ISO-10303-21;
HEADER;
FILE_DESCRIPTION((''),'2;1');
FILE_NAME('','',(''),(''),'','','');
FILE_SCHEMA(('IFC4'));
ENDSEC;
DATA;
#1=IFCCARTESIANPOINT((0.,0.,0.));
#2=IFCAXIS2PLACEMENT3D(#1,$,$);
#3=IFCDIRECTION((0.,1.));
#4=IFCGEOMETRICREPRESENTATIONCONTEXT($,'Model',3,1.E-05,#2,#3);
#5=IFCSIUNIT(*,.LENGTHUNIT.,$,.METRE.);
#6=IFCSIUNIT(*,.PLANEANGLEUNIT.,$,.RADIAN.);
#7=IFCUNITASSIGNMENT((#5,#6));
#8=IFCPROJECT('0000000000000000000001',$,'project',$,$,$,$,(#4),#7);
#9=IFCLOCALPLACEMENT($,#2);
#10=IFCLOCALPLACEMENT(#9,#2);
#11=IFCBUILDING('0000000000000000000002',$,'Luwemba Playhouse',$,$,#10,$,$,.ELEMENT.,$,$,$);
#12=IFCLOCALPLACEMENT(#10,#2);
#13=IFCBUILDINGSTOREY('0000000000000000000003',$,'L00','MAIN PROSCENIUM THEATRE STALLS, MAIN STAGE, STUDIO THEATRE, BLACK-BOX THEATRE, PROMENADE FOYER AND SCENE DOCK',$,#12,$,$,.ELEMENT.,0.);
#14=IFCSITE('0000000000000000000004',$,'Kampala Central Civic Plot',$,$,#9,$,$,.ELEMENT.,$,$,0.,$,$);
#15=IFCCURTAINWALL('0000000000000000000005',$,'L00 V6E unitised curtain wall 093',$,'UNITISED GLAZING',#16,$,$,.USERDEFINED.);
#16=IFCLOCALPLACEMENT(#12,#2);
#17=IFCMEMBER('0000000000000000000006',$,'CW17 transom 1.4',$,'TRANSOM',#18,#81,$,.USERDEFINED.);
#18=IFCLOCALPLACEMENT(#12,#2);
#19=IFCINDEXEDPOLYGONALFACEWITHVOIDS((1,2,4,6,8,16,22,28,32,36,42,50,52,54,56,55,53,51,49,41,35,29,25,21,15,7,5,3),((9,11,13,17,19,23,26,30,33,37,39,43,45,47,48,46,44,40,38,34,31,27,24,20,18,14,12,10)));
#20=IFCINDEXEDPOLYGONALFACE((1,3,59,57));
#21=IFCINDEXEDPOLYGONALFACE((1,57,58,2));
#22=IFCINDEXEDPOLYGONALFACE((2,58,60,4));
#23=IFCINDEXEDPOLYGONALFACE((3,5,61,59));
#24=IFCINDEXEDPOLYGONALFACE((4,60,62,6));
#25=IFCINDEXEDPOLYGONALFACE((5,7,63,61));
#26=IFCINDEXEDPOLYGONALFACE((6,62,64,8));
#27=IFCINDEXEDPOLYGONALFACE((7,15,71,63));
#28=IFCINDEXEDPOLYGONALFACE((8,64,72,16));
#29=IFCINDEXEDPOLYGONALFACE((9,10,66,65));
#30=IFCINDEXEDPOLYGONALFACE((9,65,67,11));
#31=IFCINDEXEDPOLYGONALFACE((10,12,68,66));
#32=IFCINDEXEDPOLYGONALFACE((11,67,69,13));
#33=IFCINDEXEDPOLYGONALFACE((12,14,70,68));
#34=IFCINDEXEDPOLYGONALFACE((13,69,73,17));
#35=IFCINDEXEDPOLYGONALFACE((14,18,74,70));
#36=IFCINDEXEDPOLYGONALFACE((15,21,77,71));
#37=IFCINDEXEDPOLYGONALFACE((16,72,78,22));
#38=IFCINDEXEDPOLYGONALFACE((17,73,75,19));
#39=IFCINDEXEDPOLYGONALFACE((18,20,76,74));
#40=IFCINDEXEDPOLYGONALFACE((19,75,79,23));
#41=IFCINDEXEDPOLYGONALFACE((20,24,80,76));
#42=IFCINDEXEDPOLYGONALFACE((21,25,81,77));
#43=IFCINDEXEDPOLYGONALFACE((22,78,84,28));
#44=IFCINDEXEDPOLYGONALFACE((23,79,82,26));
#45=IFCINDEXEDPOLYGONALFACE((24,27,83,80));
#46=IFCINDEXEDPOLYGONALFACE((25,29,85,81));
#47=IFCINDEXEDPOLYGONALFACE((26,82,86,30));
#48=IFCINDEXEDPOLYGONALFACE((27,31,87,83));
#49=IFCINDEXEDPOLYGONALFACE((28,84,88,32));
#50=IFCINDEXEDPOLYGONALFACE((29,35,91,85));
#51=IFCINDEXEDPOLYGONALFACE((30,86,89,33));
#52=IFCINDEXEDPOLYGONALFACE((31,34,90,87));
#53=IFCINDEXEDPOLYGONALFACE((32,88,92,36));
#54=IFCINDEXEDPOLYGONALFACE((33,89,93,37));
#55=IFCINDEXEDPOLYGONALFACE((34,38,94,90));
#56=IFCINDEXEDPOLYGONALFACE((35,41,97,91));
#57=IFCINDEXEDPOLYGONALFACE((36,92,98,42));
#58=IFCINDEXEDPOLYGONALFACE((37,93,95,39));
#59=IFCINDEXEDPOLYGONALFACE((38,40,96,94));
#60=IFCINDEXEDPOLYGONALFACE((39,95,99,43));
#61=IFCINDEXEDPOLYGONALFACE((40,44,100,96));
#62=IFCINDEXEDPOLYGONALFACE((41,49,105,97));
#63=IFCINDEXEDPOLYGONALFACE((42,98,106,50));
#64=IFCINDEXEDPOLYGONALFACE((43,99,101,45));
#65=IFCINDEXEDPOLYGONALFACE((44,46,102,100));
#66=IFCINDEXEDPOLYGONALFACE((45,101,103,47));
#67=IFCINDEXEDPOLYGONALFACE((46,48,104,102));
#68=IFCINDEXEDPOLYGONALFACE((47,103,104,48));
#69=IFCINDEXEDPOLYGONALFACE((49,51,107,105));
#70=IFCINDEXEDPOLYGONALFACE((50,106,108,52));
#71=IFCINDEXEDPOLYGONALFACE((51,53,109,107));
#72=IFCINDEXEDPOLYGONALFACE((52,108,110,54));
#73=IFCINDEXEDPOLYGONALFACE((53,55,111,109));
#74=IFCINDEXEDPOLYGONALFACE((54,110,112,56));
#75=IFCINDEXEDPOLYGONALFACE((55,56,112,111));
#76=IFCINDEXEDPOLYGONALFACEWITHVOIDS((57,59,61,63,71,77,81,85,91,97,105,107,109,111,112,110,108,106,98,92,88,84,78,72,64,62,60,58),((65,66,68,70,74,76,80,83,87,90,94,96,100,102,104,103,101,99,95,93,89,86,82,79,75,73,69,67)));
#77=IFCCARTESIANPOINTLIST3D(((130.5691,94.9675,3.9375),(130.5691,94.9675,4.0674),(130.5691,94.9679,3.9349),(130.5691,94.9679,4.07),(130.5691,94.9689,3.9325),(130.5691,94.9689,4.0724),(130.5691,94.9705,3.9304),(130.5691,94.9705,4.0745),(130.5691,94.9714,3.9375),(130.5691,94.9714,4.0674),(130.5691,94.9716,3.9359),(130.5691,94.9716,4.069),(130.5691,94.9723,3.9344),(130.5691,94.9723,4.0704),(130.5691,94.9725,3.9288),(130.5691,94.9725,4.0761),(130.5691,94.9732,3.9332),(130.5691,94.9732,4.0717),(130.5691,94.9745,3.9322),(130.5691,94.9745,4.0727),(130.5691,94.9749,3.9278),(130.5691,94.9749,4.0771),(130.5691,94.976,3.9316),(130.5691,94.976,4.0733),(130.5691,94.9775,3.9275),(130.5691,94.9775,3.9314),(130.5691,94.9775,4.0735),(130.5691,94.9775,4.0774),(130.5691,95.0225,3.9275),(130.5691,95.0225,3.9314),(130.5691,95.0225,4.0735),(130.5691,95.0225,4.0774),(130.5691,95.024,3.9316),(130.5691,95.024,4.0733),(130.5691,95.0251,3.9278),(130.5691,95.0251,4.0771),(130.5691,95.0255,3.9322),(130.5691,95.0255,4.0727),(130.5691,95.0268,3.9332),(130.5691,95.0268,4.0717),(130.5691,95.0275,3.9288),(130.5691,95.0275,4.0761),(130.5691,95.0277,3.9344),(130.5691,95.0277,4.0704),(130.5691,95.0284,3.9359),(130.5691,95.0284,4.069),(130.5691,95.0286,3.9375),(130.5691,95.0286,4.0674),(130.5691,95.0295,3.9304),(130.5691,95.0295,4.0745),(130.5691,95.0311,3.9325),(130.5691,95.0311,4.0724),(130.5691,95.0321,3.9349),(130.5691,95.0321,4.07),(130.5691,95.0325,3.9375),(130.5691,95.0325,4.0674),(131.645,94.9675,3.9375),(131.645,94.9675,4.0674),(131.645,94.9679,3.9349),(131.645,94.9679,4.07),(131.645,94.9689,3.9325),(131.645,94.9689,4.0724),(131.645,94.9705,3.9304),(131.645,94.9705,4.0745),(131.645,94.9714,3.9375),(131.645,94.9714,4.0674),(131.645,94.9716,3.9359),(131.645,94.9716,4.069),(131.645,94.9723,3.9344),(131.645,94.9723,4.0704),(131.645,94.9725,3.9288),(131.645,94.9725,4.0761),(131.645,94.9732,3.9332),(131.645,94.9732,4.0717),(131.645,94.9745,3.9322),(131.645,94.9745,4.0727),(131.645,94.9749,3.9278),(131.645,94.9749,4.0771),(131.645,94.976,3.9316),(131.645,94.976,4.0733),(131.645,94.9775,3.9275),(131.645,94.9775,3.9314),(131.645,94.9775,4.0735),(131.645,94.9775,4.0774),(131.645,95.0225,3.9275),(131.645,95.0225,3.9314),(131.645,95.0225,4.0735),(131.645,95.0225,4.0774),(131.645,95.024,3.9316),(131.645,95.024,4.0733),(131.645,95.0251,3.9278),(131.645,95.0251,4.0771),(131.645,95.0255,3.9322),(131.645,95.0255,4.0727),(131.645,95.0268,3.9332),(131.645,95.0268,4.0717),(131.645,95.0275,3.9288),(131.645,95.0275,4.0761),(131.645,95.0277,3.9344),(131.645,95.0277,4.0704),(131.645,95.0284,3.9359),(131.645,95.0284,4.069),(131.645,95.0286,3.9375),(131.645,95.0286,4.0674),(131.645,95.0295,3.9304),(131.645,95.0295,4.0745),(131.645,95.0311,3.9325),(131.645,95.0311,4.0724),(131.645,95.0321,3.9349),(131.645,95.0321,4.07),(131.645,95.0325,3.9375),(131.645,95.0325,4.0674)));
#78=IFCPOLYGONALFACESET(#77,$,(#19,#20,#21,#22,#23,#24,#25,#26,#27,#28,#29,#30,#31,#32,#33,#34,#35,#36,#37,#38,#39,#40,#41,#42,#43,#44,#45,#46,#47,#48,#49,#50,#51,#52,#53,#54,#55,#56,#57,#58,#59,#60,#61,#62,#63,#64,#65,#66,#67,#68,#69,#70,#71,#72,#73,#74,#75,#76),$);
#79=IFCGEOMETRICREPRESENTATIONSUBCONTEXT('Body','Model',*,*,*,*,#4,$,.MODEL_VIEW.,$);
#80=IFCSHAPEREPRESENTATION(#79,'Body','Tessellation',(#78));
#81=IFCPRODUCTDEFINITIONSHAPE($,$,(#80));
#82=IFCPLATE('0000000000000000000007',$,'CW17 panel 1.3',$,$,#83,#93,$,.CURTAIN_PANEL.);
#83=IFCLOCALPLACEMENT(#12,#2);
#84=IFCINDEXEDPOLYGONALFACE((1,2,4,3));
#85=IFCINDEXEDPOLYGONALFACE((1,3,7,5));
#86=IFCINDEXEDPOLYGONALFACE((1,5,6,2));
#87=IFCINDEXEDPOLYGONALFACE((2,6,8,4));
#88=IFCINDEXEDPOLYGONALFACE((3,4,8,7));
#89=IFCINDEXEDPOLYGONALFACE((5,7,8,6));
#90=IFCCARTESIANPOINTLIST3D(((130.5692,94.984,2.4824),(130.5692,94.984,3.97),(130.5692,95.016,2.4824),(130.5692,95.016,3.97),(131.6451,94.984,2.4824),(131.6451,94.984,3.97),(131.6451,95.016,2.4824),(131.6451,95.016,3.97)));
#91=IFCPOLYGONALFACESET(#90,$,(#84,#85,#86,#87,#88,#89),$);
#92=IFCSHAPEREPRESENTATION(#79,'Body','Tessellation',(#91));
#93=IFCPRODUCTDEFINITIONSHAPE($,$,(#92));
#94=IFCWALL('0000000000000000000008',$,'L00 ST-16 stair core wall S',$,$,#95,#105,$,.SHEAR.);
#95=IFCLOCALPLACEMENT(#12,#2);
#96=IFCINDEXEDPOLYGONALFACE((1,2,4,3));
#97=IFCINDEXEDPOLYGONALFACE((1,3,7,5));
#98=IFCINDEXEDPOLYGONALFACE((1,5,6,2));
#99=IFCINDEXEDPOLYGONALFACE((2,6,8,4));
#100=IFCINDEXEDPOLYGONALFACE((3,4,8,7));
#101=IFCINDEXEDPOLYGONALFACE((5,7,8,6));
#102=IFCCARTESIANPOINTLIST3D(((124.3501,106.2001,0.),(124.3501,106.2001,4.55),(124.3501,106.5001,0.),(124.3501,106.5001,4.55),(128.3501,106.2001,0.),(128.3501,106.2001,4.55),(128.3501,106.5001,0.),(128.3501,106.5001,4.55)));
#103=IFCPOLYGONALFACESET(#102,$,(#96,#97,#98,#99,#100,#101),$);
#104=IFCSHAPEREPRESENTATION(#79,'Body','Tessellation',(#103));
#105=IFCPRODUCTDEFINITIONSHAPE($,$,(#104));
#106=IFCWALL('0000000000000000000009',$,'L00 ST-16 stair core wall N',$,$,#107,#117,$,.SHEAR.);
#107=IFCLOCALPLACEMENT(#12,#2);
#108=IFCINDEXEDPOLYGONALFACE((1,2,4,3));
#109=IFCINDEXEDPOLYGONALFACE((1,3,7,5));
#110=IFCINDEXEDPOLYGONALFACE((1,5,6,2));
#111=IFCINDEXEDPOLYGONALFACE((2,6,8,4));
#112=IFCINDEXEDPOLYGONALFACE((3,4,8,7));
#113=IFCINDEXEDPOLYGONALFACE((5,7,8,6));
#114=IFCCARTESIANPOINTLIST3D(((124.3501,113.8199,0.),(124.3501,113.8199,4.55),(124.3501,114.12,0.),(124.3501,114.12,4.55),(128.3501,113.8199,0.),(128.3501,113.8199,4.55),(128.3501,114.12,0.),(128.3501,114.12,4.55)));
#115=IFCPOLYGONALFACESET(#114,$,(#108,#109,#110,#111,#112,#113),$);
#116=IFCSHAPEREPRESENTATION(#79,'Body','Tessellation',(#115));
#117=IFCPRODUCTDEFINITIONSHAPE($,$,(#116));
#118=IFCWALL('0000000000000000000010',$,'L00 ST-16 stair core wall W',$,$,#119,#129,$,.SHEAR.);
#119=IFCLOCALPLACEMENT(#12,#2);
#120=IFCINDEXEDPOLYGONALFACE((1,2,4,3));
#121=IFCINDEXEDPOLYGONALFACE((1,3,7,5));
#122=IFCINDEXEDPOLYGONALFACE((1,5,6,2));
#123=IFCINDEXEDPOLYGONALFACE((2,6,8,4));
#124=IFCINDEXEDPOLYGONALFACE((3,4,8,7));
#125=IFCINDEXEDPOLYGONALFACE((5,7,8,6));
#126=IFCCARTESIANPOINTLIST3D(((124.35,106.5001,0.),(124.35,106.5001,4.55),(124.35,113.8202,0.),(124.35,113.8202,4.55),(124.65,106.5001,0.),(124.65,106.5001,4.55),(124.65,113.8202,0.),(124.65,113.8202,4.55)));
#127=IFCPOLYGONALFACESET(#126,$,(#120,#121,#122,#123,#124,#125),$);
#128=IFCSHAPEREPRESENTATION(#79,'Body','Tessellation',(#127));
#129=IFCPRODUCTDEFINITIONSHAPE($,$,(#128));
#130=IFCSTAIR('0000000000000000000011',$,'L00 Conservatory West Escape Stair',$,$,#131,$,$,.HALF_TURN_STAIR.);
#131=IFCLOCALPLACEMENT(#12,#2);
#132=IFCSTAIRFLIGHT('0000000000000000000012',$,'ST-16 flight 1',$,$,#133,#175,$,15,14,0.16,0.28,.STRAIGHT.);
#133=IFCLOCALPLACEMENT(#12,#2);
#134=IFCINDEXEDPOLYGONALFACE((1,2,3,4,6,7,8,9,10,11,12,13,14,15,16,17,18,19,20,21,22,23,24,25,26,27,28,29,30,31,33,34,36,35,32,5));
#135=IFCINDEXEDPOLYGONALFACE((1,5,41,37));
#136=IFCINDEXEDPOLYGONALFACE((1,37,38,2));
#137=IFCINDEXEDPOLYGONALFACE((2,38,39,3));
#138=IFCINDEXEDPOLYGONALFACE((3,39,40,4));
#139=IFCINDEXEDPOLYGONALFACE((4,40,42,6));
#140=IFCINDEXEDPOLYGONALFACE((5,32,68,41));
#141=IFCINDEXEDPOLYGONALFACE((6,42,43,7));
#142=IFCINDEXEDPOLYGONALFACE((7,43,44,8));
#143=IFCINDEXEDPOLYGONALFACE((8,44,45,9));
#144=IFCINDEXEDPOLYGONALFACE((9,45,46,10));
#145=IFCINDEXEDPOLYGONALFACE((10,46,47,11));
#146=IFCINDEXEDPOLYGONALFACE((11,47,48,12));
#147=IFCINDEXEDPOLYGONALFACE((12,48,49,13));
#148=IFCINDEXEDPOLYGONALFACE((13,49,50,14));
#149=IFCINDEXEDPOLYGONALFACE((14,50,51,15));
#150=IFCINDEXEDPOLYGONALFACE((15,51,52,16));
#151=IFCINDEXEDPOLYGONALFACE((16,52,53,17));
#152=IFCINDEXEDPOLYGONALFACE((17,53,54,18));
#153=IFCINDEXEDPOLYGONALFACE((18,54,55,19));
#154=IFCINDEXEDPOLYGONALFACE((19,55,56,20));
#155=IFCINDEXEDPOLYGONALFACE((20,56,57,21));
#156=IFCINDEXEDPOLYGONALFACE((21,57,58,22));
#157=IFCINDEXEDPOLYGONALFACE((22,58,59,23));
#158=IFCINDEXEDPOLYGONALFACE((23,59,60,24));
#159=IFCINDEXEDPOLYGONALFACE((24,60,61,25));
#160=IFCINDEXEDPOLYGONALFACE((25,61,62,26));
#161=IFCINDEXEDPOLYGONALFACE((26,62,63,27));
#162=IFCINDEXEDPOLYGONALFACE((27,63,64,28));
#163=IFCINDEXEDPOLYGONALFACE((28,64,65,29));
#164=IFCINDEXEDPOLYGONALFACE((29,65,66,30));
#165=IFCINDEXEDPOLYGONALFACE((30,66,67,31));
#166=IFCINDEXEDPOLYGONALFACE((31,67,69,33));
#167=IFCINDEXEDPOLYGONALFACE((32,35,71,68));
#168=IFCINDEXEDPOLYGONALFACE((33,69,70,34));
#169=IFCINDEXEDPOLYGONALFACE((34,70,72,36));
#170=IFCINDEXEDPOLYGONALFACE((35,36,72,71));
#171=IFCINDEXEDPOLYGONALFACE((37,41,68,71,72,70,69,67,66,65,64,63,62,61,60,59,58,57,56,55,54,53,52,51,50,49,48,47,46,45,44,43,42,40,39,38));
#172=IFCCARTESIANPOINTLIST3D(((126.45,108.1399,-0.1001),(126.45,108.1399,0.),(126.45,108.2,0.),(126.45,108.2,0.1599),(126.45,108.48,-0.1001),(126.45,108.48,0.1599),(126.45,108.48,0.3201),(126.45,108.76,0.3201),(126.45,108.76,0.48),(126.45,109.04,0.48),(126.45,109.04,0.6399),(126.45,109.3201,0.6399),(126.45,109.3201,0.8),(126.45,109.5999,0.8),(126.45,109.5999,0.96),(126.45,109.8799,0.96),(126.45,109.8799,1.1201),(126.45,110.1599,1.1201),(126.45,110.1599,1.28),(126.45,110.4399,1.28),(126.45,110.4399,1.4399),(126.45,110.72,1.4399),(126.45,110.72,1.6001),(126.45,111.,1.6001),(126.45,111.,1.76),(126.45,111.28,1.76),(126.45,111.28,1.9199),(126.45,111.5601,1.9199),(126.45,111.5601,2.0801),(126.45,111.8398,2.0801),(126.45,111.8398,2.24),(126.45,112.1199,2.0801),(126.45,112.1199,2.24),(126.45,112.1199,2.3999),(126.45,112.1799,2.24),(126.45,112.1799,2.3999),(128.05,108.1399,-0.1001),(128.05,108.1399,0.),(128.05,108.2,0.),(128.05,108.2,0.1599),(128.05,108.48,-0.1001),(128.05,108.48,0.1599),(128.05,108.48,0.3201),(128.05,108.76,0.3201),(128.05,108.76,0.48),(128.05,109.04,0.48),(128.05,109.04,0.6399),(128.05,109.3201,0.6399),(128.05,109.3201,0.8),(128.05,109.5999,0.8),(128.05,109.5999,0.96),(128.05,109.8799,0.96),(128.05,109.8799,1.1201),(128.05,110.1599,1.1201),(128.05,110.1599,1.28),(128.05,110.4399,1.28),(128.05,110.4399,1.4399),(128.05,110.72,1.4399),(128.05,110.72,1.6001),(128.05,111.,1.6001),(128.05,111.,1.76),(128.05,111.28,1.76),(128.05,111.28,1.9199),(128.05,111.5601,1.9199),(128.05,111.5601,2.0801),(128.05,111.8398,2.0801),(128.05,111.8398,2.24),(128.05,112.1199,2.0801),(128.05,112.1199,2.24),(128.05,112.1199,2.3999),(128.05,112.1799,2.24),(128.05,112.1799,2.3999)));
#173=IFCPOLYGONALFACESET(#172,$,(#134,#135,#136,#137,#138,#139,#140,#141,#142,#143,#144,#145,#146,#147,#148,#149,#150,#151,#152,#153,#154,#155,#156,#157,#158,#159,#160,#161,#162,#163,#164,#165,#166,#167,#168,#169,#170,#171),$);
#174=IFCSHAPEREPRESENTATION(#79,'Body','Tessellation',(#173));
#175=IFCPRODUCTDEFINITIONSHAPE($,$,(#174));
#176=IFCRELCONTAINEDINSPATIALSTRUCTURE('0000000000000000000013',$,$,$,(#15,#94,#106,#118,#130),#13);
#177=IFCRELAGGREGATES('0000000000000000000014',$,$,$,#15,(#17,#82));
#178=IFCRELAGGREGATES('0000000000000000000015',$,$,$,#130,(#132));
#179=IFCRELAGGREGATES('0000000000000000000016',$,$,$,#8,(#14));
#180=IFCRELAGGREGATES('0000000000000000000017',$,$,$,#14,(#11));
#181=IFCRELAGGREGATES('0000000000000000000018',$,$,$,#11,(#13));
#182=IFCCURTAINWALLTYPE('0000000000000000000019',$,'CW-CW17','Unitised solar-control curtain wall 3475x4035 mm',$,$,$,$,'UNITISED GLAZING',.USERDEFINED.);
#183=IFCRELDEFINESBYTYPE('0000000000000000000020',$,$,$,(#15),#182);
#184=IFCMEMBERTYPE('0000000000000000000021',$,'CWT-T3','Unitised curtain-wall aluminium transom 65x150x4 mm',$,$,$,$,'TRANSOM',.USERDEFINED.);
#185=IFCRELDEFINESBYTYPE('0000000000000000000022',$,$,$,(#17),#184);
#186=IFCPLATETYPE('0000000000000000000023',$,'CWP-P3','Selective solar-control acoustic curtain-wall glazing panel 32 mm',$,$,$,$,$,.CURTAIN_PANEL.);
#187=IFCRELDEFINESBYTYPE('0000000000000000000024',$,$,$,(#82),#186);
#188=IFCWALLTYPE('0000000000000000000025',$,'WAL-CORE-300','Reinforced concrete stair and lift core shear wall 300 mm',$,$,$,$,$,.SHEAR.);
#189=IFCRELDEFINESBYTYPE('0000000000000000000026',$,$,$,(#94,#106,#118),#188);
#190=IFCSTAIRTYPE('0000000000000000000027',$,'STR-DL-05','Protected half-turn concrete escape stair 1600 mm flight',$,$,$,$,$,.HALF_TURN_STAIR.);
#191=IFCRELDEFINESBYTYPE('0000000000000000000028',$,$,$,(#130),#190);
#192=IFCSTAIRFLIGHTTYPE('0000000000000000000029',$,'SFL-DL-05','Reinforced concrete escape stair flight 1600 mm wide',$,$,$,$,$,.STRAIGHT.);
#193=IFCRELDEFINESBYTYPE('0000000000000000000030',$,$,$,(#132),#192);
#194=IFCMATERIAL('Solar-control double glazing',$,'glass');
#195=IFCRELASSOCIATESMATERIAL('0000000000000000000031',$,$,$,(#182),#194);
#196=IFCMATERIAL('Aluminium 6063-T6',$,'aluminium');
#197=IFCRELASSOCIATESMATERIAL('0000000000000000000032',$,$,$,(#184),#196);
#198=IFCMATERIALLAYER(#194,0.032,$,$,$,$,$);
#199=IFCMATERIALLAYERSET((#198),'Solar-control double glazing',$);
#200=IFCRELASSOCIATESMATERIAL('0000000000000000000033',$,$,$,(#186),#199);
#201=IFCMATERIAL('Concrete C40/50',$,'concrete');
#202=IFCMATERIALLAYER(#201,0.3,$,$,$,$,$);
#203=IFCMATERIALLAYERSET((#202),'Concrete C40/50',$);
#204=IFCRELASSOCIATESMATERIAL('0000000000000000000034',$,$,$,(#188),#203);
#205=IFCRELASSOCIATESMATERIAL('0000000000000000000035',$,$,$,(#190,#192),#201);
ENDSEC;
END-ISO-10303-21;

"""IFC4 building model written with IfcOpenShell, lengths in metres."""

from ifc_helpers import new_model, si_unit, direction, frame, frame_2d, origin, origin_2d, place, context, subcontext, project, spatial, polyline, rectangle, hollow_rectangle, outline, extrude, material, layer, layer_set, material_profile, profile_set, type_object, element, aggregate, save


model = new_model("IFC4")

# Units and contexts
model_context = context("Model", 3, precision=1e-05, world=origin(), true_north=direction((0.0, 1.0)))
body_context = subcontext(model_context, "Body", "Model", "MODEL_VIEW")
ifc_project = project(units=[si_unit("LENGTHUNIT", "METRE"), si_unit("PLANEANGLEUNIT", "RADIAN")], contexts=[model_context])

# Site, building, storey
site_placement = place(None, origin())
site = spatial("IfcSite", under=ifc_project, at=site_placement, Name="Kampala Central Civic Plot", CompositionType="ELEMENT", RefElevation=0.0)
building_placement = place(site_placement, origin())
building = spatial("IfcBuilding", under=site, at=building_placement, Name="Luwemba Playhouse", CompositionType="ELEMENT")
storey_placement = place(building_placement, origin())
storey = spatial("IfcBuildingStorey", under=building, at=storey_placement, Name="L00", Description="MAIN PROSCENIUM THEATRE STALLS, MAIN STAGE, STUDIO THEATRE, BLACK-BOX THEATRE, PROMENADE FOYER AND SCENE DOCK", CompositionType="ELEMENT", Elevation=0.0)

# Shared definitions
ifc_material_1 = material(Name="Concrete C40/50", Category="concrete")

# Curtain wall, member, plate
ifc_material_2 = material(Name="Solar-control double glazing", Category="glass")
curtain_wall_type = type_object("IfcCurtainWallType", Name="CW-CW17", Description="Unitised solar-control curtain wall 3475x4035 mm", ElementType="UNITISED GLAZING", PredefinedType="USERDEFINED", material=ifc_material_2)
curtain_wall_placement = place(storey_placement, origin())
curtain_wall = element("IfcCurtainWall", 1, at=curtain_wall_placement, inside=storey, type_object=curtain_wall_type, Name="L00 V6E unitised curtain wall 093", ObjectType="UNITISED GLAZING", PredefinedType="USERDEFINED")
ifc_material_3 = material(Name="Aluminium 6063-T6", Category="aluminium")
ifc_material_profile_1 = material_profile(ifc_material_3, hollow_rectangle(XDim=0.0649, YDim=0.1499, WallThickness=0.0039, InnerFilletRadius=0.0061, OuterFilletRadius=0.01, at=origin_2d()))
ifc_profile_set_1 = profile_set([ifc_material_profile_1], Name="Aluminium 6063-T6")
member_type = type_object("IfcMemberType", Name="CWT-T3", Description="Unitised curtain-wall aluminium transom 65x150x4 mm", ElementType="TRANSOM", PredefinedType="USERDEFINED", material=ifc_profile_set_1)
member_1_placement = place(storey_placement, frame((131.645, 95.0, 4.0024), z_axis=(-1.0, 0.0, 0.0), x_axis=(0.0, -1.0, 0.0)))
member_1 = element("IfcMember", 2, at=member_1_placement, type_object=member_type, Name="CW17 transom 1.4", ObjectType="TRANSOM", PredefinedType="USERDEFINED", context=body_context, shape_type="SweptSolid", body=[
    extrude(hollow_rectangle(XDim=0.0649, YDim=0.1499, WallThickness=0.0039, InnerFilletRadius=0.0061, OuterFilletRadius=0.01, at=origin_2d()), origin(), (0.0, 0.0, 1.0), 1.0759),
])
ifc_layer_1 = layer(ifc_material_2, 0.032)
ifc_layer_set_1 = layer_set([ifc_layer_1], Name="Solar-control double glazing")
plate_type = type_object("IfcPlateType", Name="CWP-P3", Description="Selective solar-control acoustic curtain-wall glazing panel 32 mm", PredefinedType="CURTAIN_PANEL", material=ifc_layer_set_1)
plate_placement = place(storey_placement, frame((131.1072, 95.0, 2.4824), z_axis=(0.0, 0.0, 1.0), x_axis=(-1.0, 0.0, 0.0)))
plate = element("IfcPlate", 3, at=plate_placement, type_object=plate_type, Name="CW17 panel 1.3", PredefinedType="CURTAIN_PANEL", context=body_context, shape_type="SweptSolid", body=[
    extrude(rectangle(XDim=1.0759, YDim=0.032, at=origin_2d()), origin(), (0.0, 0.0, 1.0), 1.4875),
])
aggregate(curtain_wall, [member_1, plate])

# Walls
ifc_layer_2 = layer(ifc_material_1, 0.3)
ifc_layer_set_2 = layer_set([ifc_layer_2], Name="Concrete C40/50")
wall_type = type_object("IfcWallType", Name="WAL-CORE-300", Description="Reinforced concrete stair and lift core shear wall 300 mm", PredefinedType="SHEAR", material=ifc_layer_set_2)
for number, where, z_axis, x_axis, name in (
    (4, (124.3501, 106.3501, 0.0), (0.0, 0.0, 1.0), (1.0, 0.0, 0.0), "L00 ST-16 stair core wall S"),
    (5, (128.3501, 113.97, 0.0), (0.0, 0.0, 1.0), (-1.0, 0.0, 0.0), "L00 ST-16 stair core wall N"),
):
    element("IfcWall", number, at=place(storey_placement, frame(where, z_axis=z_axis, x_axis=x_axis)), inside=storey, type_object=wall_type, Name=name, PredefinedType="SHEAR", context=body_context, shape_type="SweptSolid", body=[
        extrude(rectangle(XDim=4.0, YDim=0.3, at=frame_2d((2.0, 0.0))), origin(), (0.0, 0.0, 1.0), 4.55),
    ])
wall_1_placement = place(storey_placement, frame((124.5, 106.5, 0.0), z_axis=(0.0, 0.0, 1.0), x_axis=(0.0, 1.0, 0.0)))
element("IfcWall", 6, at=wall_1_placement, inside=storey, type_object=wall_type, Name="L00 ST-16 stair core wall W", PredefinedType="SHEAR", context=body_context, shape_type="SweptSolid", body=[
    extrude(rectangle(XDim=7.3201, YDim=0.3, at=frame_2d((3.6602, 0.0))), origin(), (0.0, 0.0, 1.0), 4.55),
])

# Stair, stair flight
stair_type = type_object("IfcStairType", Name="STR-DL-05", Description="Protected half-turn concrete escape stair 1600 mm flight", PredefinedType="HALF_TURN_STAIR", material=ifc_material_1)
stair_placement = place(storey_placement, origin())
stair = element("IfcStair", 7, at=stair_placement, inside=storey, type_object=stair_type, Name="L00 Conservatory West Escape Stair", PredefinedType="HALF_TURN_STAIR")
stair_flight_type = type_object("IfcStairFlightType", Name="SFL-DL-05", Description="Reinforced concrete escape stair flight 1600 mm wide", PredefinedType="STRAIGHT", material=ifc_material_1)
stair_flight_1_placement = place(storey_placement, frame((127.25, 108.2, 0.0), z_axis=(0.0, 0.0, 1.0), x_axis=(0.0, 1.0, 0.0)))
stair_flight_1 = element("IfcStairFlight", 8, at=stair_flight_1_placement, type_object=stair_flight_type, Name="ST-16 flight 1", NumberOfRisers=15, NumberOfTreads=14, PredefinedType="STRAIGHT", RiserHeight=0.16, TreadLength=0.28, context=body_context, shape_type="SweptSolid", body=[
    extrude(outline(polyline([(-0.0601, -0.1001), (-0.0601, 0.0), (0.0, 0.0), (0.0, 0.1599), (0.28, 0.1599), (0.28, 0.3201), (0.5601, 0.3201), (0.5601, 0.48), (0.8401, 0.48), (0.8401, 0.6399), (1.1201, 0.6399), (1.1201, 0.8), (1.3999, 0.8), (1.3999, 0.96), (1.6799, 0.96), (1.6799, 1.1201), (1.96, 1.1201), (1.96, 1.28), (2.24, 1.28), (2.24, 1.4399), (2.52, 1.4399), (2.52, 1.6001), (2.8, 1.6001), (2.8, 1.76), (3.0801, 1.76), (3.0801, 1.9199), (3.3601, 1.9199), (3.3601, 2.0801), (3.6399, 2.0801), (3.6399, 2.24), (3.9199, 2.24), (3.9199, 2.3999), (3.98, 2.3999), (3.98, 2.24), (3.9199, 2.0801), (0.28, -0.1001), (-0.0601, -0.1001)])), frame((0.0, 0.8, 0.0), z_axis=(0.0, -1.0, 0.0), x_axis=(1.0, 0.0, 0.0)), (0.0, 0.0, 1.0), 1.6001),
])
aggregate(stair, [stair_flight_1])

save(model, "model.ifc")
